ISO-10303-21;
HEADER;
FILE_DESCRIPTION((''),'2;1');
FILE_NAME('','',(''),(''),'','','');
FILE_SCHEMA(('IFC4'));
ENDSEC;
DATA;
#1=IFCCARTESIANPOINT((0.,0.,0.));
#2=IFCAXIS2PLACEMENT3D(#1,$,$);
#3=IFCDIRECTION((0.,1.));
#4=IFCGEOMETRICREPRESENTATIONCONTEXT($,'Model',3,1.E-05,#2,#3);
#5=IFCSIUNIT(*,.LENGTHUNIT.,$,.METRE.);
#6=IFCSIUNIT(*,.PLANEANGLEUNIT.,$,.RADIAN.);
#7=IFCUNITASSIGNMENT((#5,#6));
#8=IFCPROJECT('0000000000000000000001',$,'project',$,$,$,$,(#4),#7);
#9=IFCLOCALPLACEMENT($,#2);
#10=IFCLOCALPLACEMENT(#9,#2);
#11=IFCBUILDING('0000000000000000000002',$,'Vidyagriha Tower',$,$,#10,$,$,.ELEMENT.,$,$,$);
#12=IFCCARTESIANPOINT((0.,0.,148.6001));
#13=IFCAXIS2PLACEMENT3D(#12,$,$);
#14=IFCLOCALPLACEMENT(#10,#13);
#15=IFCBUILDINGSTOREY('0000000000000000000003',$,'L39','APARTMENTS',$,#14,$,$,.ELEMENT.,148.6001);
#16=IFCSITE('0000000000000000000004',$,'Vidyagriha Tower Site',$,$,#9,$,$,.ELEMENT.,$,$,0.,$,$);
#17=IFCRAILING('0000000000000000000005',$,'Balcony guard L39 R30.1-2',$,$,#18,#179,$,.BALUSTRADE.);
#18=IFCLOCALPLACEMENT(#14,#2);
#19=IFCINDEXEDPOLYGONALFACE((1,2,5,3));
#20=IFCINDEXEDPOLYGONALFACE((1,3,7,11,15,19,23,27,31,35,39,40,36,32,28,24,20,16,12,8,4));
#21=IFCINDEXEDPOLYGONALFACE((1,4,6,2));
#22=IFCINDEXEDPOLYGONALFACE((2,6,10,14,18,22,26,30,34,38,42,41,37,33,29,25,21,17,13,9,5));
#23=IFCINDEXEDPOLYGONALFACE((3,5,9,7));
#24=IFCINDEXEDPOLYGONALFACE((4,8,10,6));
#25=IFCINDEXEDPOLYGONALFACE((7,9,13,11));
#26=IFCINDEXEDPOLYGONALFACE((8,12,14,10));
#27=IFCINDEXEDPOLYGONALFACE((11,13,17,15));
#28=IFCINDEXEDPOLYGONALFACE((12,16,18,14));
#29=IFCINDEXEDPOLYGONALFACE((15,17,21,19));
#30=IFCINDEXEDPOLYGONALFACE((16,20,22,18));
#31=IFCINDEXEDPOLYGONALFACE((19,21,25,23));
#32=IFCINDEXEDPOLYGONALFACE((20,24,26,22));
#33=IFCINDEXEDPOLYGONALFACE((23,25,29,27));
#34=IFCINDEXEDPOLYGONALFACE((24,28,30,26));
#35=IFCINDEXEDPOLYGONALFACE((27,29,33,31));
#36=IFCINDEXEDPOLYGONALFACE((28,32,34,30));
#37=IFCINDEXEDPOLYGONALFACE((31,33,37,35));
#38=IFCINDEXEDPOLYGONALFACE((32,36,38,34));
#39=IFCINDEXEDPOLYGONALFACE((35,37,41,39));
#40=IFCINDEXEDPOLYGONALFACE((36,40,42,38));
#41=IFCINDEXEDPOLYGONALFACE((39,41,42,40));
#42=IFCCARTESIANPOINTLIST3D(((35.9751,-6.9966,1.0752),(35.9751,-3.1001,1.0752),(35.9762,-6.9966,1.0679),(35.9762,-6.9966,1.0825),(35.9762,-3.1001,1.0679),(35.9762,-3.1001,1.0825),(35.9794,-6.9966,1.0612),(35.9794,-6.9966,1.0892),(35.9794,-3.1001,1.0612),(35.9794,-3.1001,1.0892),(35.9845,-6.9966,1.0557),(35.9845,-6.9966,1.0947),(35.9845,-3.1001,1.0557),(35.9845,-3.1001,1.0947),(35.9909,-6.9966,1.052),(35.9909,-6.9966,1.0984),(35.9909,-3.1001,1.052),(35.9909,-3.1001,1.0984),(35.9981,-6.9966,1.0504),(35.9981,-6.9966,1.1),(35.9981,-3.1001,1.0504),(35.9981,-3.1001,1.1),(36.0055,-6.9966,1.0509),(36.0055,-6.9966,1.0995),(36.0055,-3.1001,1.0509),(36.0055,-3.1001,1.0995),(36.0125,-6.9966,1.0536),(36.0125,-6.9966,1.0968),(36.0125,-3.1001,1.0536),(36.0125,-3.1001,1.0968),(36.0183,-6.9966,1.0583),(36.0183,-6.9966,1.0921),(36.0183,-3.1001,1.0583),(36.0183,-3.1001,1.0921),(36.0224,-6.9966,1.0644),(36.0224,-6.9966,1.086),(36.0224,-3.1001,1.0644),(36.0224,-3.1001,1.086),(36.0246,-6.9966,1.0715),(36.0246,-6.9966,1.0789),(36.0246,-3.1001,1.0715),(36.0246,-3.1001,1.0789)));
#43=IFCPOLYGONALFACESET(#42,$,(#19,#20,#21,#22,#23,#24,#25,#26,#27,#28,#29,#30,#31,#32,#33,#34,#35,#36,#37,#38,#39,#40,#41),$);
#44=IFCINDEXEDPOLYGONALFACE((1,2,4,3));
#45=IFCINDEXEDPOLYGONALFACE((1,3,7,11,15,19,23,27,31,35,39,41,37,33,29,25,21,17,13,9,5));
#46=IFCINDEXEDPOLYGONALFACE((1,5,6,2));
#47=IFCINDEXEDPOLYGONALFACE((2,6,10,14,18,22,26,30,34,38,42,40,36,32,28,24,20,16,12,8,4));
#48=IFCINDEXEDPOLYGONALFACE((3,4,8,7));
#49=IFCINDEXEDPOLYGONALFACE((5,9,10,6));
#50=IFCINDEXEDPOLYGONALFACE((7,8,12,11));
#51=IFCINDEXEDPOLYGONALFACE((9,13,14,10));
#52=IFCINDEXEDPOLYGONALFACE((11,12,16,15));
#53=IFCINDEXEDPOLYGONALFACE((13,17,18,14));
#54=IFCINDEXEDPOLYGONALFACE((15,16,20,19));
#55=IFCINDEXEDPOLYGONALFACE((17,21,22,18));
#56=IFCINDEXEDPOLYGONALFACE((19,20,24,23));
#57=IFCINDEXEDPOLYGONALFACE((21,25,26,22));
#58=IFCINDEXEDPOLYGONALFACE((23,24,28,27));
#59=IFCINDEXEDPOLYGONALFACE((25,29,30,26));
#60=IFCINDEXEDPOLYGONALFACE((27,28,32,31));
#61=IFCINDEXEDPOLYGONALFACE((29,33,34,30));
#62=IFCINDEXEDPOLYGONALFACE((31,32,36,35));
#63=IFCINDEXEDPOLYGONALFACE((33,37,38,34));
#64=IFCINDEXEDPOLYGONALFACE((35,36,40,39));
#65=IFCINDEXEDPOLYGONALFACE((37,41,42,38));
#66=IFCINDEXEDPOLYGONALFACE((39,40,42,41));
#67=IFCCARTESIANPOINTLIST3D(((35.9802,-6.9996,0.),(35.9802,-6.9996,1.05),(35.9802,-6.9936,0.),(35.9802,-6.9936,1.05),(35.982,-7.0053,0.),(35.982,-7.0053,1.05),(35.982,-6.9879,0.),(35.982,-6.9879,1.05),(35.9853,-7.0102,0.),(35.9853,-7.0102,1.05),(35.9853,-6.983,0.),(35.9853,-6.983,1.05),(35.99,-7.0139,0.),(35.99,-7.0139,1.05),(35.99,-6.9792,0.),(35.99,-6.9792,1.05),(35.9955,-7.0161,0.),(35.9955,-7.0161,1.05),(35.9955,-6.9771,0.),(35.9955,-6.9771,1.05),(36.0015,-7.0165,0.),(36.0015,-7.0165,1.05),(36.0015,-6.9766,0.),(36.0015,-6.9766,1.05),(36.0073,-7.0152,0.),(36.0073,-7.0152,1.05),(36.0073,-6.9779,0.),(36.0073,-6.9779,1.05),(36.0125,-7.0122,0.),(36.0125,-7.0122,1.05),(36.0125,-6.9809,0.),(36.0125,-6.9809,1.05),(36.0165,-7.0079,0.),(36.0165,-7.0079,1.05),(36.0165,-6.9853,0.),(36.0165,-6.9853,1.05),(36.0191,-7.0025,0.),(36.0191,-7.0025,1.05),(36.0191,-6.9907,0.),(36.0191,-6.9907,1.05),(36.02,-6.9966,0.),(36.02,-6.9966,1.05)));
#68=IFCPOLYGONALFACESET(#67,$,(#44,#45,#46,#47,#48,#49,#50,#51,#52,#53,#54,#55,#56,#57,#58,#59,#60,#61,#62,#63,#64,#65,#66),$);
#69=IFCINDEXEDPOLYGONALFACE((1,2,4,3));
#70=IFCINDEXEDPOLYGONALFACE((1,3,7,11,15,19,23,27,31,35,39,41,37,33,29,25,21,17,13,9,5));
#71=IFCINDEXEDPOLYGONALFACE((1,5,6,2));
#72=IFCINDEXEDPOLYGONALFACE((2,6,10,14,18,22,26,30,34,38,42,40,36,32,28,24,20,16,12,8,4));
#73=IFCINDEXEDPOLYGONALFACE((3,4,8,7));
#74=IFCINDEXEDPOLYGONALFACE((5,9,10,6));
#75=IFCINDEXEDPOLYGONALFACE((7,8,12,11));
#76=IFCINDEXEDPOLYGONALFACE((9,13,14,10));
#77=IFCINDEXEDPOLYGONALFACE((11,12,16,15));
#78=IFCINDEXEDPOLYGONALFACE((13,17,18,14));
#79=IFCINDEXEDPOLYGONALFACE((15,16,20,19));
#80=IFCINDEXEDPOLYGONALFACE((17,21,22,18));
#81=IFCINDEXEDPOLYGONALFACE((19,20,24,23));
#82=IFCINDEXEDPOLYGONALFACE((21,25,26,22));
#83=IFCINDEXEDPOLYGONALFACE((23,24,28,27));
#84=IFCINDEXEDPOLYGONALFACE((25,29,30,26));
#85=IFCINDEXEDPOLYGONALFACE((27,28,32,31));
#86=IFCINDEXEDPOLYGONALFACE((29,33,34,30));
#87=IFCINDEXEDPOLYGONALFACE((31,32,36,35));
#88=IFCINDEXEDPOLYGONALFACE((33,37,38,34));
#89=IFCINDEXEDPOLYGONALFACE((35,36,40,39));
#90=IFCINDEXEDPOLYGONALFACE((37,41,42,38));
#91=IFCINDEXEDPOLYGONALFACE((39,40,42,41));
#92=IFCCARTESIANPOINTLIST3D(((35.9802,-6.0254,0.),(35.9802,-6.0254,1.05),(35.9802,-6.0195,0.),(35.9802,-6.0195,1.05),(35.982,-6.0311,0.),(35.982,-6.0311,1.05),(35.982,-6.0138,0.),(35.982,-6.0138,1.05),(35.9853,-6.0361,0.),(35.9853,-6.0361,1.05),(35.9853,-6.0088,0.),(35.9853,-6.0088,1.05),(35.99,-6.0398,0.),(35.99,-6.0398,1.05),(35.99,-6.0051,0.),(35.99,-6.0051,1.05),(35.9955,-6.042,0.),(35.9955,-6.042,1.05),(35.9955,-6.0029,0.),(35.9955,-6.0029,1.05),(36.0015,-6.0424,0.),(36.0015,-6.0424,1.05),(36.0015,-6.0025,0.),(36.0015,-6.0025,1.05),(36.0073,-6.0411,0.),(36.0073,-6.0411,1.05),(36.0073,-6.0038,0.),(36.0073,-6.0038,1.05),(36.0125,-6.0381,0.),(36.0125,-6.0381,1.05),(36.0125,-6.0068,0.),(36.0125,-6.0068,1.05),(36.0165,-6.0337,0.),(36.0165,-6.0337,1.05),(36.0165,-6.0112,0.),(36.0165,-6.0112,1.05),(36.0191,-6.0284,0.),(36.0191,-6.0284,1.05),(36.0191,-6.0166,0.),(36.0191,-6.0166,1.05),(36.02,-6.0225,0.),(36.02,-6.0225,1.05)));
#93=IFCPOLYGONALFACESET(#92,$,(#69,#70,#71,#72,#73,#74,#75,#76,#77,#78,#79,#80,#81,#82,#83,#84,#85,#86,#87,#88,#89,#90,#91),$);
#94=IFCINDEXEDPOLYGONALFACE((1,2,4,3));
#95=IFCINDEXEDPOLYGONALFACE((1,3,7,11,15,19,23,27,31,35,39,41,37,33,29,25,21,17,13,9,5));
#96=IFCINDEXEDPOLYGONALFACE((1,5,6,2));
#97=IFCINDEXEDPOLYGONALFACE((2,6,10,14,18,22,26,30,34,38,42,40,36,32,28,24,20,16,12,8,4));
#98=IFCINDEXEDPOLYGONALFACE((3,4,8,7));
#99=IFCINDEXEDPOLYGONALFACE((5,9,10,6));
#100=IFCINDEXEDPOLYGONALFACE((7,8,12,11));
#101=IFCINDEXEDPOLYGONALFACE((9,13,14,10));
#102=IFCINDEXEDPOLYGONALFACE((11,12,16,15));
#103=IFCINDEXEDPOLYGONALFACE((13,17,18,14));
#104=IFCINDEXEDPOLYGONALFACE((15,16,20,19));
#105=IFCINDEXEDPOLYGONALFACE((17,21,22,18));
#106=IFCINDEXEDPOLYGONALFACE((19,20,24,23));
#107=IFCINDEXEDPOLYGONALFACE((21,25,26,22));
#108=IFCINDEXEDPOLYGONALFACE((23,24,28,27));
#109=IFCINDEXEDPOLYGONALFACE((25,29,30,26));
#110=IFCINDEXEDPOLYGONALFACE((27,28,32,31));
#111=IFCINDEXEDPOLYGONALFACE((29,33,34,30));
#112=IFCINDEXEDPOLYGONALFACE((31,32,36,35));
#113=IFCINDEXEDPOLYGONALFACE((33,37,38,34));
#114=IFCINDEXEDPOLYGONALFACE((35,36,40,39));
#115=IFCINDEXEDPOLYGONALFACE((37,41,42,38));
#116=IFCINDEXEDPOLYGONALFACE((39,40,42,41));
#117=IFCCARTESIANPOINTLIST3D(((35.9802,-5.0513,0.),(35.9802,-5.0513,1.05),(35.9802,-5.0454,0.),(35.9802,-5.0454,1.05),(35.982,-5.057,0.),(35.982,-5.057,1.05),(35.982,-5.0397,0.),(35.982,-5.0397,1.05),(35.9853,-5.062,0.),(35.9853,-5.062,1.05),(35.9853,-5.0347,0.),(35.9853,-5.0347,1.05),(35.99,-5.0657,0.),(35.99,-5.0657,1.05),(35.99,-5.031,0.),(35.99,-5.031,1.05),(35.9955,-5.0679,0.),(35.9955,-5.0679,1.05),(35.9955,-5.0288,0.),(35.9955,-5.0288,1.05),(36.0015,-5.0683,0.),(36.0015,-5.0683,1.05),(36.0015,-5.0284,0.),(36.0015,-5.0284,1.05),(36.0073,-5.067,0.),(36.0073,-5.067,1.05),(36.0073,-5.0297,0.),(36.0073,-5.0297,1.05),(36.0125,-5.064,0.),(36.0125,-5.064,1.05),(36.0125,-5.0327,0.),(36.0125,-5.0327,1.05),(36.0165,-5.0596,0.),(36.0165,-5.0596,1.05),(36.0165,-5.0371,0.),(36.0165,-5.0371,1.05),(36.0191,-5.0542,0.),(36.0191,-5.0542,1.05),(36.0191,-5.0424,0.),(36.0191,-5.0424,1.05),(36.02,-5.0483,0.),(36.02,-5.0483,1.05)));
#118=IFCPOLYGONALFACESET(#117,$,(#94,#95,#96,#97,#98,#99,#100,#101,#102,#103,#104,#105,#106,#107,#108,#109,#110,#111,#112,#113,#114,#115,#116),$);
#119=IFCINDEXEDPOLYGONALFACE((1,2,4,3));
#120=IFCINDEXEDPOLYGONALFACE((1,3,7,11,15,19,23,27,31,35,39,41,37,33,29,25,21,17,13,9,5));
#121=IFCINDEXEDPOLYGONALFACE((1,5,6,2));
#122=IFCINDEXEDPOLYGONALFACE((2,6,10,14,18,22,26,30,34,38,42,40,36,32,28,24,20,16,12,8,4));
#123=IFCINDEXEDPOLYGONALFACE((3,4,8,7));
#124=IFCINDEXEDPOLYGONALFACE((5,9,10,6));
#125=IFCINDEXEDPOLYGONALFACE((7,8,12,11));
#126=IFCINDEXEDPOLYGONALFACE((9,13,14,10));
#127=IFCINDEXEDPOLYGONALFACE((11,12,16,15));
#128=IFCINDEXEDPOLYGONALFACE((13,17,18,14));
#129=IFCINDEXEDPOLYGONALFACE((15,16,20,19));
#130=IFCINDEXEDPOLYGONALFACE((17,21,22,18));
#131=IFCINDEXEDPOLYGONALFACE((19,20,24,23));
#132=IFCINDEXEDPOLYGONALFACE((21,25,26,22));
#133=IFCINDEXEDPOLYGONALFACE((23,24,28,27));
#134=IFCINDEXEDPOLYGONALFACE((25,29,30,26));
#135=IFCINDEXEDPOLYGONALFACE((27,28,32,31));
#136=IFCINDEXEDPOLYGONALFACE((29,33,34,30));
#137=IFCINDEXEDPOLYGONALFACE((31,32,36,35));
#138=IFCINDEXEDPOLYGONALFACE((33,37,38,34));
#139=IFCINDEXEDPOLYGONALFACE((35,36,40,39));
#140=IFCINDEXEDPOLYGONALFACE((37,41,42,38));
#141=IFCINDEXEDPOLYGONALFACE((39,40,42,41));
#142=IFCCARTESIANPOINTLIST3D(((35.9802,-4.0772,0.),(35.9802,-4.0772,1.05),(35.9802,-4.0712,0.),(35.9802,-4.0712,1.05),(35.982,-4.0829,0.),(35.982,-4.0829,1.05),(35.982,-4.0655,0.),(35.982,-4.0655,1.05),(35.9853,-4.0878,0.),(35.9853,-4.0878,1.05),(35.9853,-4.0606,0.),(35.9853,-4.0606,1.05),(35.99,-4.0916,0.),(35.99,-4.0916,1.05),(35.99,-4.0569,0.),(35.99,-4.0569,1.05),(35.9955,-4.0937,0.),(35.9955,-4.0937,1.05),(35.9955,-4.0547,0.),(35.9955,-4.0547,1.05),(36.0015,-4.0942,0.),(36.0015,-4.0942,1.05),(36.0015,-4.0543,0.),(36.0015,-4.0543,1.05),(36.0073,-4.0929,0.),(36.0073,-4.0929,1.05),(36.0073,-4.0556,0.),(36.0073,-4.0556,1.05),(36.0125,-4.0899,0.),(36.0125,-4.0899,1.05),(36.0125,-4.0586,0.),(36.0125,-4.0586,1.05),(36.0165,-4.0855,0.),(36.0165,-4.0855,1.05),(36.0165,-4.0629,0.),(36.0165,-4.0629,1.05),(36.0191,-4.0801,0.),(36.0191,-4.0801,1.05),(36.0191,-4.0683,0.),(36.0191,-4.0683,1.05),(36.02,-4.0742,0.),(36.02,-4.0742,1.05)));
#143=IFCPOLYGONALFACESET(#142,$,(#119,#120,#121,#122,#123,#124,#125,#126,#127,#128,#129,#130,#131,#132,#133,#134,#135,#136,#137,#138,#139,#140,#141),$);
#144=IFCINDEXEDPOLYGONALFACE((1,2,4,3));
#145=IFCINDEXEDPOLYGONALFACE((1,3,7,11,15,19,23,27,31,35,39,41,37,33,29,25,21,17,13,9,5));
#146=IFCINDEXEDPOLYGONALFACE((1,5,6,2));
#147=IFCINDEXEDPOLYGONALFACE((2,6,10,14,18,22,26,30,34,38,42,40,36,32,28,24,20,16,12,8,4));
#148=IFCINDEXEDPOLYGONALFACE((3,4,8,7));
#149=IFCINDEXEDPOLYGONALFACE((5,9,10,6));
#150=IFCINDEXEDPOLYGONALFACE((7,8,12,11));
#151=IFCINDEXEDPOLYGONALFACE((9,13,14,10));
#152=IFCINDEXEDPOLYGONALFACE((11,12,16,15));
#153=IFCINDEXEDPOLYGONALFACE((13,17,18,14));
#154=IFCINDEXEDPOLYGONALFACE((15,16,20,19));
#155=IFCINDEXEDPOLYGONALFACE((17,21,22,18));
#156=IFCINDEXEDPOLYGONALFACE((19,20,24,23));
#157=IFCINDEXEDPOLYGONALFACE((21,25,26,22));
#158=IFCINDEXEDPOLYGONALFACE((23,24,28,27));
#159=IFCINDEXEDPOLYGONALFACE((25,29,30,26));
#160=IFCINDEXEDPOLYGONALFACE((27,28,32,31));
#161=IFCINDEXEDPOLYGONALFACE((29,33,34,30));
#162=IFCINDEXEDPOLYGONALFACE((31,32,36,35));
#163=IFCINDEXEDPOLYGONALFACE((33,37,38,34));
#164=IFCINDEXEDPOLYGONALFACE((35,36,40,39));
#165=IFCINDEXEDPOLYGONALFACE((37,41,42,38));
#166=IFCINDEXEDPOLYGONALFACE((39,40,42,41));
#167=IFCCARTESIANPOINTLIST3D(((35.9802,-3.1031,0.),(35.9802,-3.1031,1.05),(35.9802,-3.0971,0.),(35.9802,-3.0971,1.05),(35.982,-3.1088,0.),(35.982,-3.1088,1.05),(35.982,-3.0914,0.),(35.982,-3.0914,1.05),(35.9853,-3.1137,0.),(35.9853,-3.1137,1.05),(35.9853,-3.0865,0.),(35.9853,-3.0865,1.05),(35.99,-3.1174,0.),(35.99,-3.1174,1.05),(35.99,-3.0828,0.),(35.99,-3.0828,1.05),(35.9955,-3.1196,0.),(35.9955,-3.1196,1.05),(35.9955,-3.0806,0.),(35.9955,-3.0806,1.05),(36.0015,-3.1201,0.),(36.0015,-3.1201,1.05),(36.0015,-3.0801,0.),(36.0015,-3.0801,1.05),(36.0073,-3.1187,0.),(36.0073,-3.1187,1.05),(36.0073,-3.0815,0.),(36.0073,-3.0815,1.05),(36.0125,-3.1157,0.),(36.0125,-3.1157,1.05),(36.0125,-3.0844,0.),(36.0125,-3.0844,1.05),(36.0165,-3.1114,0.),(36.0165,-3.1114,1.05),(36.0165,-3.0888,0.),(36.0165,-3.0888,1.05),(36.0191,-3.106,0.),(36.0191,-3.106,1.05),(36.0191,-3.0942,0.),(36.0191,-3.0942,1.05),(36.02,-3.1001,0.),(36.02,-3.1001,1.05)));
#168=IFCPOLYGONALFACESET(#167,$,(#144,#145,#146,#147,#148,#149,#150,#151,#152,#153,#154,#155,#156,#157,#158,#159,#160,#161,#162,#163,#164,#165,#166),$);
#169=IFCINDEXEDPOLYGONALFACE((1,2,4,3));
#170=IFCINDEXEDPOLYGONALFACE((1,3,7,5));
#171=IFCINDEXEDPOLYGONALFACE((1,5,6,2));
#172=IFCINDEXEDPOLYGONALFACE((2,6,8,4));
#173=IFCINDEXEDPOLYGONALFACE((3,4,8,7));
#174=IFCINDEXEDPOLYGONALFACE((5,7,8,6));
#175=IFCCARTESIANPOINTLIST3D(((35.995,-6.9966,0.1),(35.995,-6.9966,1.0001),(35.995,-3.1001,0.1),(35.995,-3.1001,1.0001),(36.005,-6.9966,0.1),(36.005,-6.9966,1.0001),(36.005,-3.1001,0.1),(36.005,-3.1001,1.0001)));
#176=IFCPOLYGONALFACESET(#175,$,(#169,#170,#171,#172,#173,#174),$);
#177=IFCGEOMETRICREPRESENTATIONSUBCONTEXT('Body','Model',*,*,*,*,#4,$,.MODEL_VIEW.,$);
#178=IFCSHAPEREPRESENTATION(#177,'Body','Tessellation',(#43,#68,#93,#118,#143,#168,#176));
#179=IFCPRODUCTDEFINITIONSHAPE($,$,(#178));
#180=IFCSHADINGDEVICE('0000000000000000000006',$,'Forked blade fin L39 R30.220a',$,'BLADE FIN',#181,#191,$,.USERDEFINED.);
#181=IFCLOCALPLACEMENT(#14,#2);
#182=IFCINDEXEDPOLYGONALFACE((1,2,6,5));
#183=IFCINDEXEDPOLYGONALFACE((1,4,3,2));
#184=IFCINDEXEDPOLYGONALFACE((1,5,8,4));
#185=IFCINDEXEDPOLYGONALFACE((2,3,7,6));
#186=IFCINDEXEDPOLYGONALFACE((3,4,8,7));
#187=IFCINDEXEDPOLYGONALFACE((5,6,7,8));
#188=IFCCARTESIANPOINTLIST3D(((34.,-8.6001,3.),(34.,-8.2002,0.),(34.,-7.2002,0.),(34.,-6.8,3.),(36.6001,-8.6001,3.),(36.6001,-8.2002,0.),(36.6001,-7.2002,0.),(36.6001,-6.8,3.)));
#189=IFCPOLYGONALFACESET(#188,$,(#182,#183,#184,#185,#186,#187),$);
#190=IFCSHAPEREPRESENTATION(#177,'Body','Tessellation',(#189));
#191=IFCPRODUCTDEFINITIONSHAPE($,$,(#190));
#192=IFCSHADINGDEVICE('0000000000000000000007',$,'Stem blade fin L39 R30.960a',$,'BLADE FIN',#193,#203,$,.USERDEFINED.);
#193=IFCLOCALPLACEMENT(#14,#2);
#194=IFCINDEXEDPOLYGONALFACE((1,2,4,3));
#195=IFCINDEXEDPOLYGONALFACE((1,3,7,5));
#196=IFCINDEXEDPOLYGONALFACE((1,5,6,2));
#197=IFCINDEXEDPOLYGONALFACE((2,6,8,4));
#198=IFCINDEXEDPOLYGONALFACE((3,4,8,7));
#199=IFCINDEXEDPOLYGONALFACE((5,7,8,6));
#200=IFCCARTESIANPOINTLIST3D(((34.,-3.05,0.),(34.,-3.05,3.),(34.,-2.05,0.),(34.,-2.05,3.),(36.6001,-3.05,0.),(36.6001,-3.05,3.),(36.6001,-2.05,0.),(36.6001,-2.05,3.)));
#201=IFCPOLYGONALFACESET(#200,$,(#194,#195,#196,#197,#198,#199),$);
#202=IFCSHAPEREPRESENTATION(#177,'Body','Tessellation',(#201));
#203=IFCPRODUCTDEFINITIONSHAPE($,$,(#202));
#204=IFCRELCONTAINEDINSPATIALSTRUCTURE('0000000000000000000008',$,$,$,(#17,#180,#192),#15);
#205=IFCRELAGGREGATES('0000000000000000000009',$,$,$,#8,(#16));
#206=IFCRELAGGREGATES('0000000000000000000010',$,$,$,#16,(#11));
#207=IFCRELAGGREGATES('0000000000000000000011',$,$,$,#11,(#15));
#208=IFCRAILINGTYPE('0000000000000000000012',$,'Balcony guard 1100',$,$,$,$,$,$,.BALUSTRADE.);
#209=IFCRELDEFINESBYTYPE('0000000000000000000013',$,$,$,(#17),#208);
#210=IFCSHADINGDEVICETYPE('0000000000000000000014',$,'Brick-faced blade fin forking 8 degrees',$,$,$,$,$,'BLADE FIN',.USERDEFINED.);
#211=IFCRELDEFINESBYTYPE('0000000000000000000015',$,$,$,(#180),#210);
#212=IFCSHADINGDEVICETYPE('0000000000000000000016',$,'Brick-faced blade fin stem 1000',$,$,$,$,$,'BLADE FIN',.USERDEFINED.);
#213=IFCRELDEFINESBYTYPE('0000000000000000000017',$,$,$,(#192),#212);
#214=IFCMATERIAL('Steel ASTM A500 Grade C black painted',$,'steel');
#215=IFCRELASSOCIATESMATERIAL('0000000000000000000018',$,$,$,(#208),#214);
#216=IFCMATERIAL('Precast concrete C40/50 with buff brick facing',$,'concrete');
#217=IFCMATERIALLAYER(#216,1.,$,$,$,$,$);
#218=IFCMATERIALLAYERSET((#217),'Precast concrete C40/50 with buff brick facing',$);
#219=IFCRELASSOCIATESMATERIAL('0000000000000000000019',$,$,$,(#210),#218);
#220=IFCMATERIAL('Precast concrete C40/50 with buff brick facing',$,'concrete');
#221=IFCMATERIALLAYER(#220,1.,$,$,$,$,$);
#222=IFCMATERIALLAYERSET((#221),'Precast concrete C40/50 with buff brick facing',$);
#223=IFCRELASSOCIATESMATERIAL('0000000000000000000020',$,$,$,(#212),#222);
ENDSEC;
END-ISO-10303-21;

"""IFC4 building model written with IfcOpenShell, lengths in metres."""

from ifc_helpers import new_model, si_unit, direction, frame, origin, origin_2d, place, context, subcontext, project, spatial, polyline, rectangle, circle, outline, extrude, material, layer, layer_set, type_object, element, save


model = new_model("IFC4")

# Units and contexts
model_context = context("Model", 3, precision=1e-05, world=origin(), true_north=direction((0.0, 1.0)))
body_context = subcontext(model_context, "Body", "Model", "MODEL_VIEW")
ifc_project = project(units=[si_unit("LENGTHUNIT", "METRE"), si_unit("PLANEANGLEUNIT", "RADIAN")], contexts=[model_context])

# Site, building, storey
site_placement = place(None, origin())
site = spatial("IfcSite", under=ifc_project, at=site_placement, Name="Vidyagriha Tower Site", CompositionType="ELEMENT", RefElevation=0.0)
building_placement = place(site_placement, origin())
building = spatial("IfcBuilding", under=site, at=building_placement, Name="Vidyagriha Tower", CompositionType="ELEMENT")
storey_placement = place(building_placement, frame((0.0, 0.0, 148.6001)))
storey = spatial("IfcBuildingStorey", under=building, at=storey_placement, Name="L39", Description="APARTMENTS", CompositionType="ELEMENT", Elevation=148.6001)

# Railing
ifc_material_1 = material(Name="Steel ASTM A500 Grade C black painted", Category="steel")
railing_type = type_object("IfcRailingType", Name="Balcony guard 1100", PredefinedType="BALUSTRADE", material=ifc_material_1)
railing_1_placement = place(storey_placement, frame((36.0, -6.9966, 0.0)))
element("IfcRailing", 1, at=railing_1_placement, inside=storey, type_object=railing_type, Name="Balcony guard L39 R30.1-2", PredefinedType="BALUSTRADE", context=body_context, shape_type="SweptSolid", body=[
    extrude(circle(Radius=0.0249, at=origin_2d()), frame((0.0, 0.0, 1.0752), z_axis=(0.0, 1.0, 0.0), x_axis=(-1.0, 0.0, 0.0)), (0.0, 0.0, 1.0), 3.8965),
    extrude(circle(Radius=0.02, at=origin_2d()), origin(), (0.0, 0.0, 1.0), 1.05),
    extrude(circle(Radius=0.02, at=origin_2d()), frame((0.0, 0.9741, 0.0)), (0.0, 0.0, 1.0), 1.05),
    extrude(circle(Radius=0.02, at=origin_2d()), frame((0.0, 1.9482, 0.0)), (0.0, 0.0, 1.0), 1.05),
    extrude(circle(Radius=0.02, at=origin_2d()), frame((0.0, 2.9224, 0.0)), (0.0, 0.0, 1.0), 1.05),
    extrude(circle(Radius=0.02, at=origin_2d()), frame((0.0, 3.8965, 0.0)), (0.0, 0.0, 1.0), 1.05),
    extrude(rectangle(XDim=0.01, YDim=0.9001, at=origin_2d()), frame((0.0, 0.0, 0.55), z_axis=(0.0, 1.0, 0.0), x_axis=(-1.0, 0.0, 0.0)), (0.0, 0.0, 1.0), 3.8965),
])

# Shading devices
ifc_material_2 = material(Name="Precast concrete C40/50 with buff brick facing", Category="concrete")
ifc_layer_1 = layer(ifc_material_2, 1.0)
ifc_layer_set_1 = layer_set([ifc_layer_1], Name="Precast concrete C40/50 with buff brick facing")
shading_device_type_1 = type_object("IfcShadingDeviceType", Name="Brick-faced blade fin forking 8 degrees", ElementType="BLADE FIN", PredefinedType="USERDEFINED", material=ifc_layer_set_1)
shading_device_1_placement = place(storey_placement, frame((35.3, -8.6001, 0.0), z_axis=(0.0, 0.0, 1.0), x_axis=(0.0, 1.0, 0.0)))
element("IfcShadingDevice", 2, at=shading_device_1_placement, inside=storey, type_object=shading_device_type_1, Name="Forked blade fin L39 R30.220a", ObjectType="BLADE FIN", PredefinedType="USERDEFINED", context=body_context, shape_type="SweptSolid", body=[
    extrude(outline(polyline([(0.3999, 0.0), (1.3999, 0.0), (1.8, 3.0), (0.0, 3.0), (0.3999, 0.0)])), frame((0.0, 1.3, 0.0), z_axis=(0.0, -1.0, 0.0), x_axis=(1.0, 0.0, 0.0)), (0.0, 0.0, 1.0), 2.6001),
])
ifc_material_3 = material(Name="Precast concrete C40/50 with buff brick facing", Category="concrete")
ifc_layer_2 = layer(ifc_material_3, 1.0)
ifc_layer_set_2 = layer_set([ifc_layer_2], Name="Precast concrete C40/50 with buff brick facing")
shading_device_type_2 = type_object("IfcShadingDeviceType", Name="Brick-faced blade fin stem 1000", ElementType="BLADE FIN", PredefinedType="USERDEFINED", material=ifc_layer_set_2)
shading_device_2_placement = place(storey_placement, frame((35.3, -3.05, 0.0), z_axis=(0.0, 0.0, 1.0), x_axis=(0.0, 1.0, 0.0)))
element("IfcShadingDevice", 3, at=shading_device_2_placement, inside=storey, type_object=shading_device_type_2, Name="Stem blade fin L39 R30.960a", ObjectType="BLADE FIN", PredefinedType="USERDEFINED", context=body_context, shape_type="SweptSolid", body=[
    extrude(outline(polyline([(0.0, 0.0), (1.0, 0.0), (1.0, 3.0), (0.0, 3.0), (0.0, 0.0)])), frame((0.0, 1.3, 0.0), z_axis=(0.0, -1.0, 0.0), x_axis=(1.0, 0.0, 0.0)), (0.0, 0.0, 1.0), 2.6001),
])

save(model, "model.ifc")
